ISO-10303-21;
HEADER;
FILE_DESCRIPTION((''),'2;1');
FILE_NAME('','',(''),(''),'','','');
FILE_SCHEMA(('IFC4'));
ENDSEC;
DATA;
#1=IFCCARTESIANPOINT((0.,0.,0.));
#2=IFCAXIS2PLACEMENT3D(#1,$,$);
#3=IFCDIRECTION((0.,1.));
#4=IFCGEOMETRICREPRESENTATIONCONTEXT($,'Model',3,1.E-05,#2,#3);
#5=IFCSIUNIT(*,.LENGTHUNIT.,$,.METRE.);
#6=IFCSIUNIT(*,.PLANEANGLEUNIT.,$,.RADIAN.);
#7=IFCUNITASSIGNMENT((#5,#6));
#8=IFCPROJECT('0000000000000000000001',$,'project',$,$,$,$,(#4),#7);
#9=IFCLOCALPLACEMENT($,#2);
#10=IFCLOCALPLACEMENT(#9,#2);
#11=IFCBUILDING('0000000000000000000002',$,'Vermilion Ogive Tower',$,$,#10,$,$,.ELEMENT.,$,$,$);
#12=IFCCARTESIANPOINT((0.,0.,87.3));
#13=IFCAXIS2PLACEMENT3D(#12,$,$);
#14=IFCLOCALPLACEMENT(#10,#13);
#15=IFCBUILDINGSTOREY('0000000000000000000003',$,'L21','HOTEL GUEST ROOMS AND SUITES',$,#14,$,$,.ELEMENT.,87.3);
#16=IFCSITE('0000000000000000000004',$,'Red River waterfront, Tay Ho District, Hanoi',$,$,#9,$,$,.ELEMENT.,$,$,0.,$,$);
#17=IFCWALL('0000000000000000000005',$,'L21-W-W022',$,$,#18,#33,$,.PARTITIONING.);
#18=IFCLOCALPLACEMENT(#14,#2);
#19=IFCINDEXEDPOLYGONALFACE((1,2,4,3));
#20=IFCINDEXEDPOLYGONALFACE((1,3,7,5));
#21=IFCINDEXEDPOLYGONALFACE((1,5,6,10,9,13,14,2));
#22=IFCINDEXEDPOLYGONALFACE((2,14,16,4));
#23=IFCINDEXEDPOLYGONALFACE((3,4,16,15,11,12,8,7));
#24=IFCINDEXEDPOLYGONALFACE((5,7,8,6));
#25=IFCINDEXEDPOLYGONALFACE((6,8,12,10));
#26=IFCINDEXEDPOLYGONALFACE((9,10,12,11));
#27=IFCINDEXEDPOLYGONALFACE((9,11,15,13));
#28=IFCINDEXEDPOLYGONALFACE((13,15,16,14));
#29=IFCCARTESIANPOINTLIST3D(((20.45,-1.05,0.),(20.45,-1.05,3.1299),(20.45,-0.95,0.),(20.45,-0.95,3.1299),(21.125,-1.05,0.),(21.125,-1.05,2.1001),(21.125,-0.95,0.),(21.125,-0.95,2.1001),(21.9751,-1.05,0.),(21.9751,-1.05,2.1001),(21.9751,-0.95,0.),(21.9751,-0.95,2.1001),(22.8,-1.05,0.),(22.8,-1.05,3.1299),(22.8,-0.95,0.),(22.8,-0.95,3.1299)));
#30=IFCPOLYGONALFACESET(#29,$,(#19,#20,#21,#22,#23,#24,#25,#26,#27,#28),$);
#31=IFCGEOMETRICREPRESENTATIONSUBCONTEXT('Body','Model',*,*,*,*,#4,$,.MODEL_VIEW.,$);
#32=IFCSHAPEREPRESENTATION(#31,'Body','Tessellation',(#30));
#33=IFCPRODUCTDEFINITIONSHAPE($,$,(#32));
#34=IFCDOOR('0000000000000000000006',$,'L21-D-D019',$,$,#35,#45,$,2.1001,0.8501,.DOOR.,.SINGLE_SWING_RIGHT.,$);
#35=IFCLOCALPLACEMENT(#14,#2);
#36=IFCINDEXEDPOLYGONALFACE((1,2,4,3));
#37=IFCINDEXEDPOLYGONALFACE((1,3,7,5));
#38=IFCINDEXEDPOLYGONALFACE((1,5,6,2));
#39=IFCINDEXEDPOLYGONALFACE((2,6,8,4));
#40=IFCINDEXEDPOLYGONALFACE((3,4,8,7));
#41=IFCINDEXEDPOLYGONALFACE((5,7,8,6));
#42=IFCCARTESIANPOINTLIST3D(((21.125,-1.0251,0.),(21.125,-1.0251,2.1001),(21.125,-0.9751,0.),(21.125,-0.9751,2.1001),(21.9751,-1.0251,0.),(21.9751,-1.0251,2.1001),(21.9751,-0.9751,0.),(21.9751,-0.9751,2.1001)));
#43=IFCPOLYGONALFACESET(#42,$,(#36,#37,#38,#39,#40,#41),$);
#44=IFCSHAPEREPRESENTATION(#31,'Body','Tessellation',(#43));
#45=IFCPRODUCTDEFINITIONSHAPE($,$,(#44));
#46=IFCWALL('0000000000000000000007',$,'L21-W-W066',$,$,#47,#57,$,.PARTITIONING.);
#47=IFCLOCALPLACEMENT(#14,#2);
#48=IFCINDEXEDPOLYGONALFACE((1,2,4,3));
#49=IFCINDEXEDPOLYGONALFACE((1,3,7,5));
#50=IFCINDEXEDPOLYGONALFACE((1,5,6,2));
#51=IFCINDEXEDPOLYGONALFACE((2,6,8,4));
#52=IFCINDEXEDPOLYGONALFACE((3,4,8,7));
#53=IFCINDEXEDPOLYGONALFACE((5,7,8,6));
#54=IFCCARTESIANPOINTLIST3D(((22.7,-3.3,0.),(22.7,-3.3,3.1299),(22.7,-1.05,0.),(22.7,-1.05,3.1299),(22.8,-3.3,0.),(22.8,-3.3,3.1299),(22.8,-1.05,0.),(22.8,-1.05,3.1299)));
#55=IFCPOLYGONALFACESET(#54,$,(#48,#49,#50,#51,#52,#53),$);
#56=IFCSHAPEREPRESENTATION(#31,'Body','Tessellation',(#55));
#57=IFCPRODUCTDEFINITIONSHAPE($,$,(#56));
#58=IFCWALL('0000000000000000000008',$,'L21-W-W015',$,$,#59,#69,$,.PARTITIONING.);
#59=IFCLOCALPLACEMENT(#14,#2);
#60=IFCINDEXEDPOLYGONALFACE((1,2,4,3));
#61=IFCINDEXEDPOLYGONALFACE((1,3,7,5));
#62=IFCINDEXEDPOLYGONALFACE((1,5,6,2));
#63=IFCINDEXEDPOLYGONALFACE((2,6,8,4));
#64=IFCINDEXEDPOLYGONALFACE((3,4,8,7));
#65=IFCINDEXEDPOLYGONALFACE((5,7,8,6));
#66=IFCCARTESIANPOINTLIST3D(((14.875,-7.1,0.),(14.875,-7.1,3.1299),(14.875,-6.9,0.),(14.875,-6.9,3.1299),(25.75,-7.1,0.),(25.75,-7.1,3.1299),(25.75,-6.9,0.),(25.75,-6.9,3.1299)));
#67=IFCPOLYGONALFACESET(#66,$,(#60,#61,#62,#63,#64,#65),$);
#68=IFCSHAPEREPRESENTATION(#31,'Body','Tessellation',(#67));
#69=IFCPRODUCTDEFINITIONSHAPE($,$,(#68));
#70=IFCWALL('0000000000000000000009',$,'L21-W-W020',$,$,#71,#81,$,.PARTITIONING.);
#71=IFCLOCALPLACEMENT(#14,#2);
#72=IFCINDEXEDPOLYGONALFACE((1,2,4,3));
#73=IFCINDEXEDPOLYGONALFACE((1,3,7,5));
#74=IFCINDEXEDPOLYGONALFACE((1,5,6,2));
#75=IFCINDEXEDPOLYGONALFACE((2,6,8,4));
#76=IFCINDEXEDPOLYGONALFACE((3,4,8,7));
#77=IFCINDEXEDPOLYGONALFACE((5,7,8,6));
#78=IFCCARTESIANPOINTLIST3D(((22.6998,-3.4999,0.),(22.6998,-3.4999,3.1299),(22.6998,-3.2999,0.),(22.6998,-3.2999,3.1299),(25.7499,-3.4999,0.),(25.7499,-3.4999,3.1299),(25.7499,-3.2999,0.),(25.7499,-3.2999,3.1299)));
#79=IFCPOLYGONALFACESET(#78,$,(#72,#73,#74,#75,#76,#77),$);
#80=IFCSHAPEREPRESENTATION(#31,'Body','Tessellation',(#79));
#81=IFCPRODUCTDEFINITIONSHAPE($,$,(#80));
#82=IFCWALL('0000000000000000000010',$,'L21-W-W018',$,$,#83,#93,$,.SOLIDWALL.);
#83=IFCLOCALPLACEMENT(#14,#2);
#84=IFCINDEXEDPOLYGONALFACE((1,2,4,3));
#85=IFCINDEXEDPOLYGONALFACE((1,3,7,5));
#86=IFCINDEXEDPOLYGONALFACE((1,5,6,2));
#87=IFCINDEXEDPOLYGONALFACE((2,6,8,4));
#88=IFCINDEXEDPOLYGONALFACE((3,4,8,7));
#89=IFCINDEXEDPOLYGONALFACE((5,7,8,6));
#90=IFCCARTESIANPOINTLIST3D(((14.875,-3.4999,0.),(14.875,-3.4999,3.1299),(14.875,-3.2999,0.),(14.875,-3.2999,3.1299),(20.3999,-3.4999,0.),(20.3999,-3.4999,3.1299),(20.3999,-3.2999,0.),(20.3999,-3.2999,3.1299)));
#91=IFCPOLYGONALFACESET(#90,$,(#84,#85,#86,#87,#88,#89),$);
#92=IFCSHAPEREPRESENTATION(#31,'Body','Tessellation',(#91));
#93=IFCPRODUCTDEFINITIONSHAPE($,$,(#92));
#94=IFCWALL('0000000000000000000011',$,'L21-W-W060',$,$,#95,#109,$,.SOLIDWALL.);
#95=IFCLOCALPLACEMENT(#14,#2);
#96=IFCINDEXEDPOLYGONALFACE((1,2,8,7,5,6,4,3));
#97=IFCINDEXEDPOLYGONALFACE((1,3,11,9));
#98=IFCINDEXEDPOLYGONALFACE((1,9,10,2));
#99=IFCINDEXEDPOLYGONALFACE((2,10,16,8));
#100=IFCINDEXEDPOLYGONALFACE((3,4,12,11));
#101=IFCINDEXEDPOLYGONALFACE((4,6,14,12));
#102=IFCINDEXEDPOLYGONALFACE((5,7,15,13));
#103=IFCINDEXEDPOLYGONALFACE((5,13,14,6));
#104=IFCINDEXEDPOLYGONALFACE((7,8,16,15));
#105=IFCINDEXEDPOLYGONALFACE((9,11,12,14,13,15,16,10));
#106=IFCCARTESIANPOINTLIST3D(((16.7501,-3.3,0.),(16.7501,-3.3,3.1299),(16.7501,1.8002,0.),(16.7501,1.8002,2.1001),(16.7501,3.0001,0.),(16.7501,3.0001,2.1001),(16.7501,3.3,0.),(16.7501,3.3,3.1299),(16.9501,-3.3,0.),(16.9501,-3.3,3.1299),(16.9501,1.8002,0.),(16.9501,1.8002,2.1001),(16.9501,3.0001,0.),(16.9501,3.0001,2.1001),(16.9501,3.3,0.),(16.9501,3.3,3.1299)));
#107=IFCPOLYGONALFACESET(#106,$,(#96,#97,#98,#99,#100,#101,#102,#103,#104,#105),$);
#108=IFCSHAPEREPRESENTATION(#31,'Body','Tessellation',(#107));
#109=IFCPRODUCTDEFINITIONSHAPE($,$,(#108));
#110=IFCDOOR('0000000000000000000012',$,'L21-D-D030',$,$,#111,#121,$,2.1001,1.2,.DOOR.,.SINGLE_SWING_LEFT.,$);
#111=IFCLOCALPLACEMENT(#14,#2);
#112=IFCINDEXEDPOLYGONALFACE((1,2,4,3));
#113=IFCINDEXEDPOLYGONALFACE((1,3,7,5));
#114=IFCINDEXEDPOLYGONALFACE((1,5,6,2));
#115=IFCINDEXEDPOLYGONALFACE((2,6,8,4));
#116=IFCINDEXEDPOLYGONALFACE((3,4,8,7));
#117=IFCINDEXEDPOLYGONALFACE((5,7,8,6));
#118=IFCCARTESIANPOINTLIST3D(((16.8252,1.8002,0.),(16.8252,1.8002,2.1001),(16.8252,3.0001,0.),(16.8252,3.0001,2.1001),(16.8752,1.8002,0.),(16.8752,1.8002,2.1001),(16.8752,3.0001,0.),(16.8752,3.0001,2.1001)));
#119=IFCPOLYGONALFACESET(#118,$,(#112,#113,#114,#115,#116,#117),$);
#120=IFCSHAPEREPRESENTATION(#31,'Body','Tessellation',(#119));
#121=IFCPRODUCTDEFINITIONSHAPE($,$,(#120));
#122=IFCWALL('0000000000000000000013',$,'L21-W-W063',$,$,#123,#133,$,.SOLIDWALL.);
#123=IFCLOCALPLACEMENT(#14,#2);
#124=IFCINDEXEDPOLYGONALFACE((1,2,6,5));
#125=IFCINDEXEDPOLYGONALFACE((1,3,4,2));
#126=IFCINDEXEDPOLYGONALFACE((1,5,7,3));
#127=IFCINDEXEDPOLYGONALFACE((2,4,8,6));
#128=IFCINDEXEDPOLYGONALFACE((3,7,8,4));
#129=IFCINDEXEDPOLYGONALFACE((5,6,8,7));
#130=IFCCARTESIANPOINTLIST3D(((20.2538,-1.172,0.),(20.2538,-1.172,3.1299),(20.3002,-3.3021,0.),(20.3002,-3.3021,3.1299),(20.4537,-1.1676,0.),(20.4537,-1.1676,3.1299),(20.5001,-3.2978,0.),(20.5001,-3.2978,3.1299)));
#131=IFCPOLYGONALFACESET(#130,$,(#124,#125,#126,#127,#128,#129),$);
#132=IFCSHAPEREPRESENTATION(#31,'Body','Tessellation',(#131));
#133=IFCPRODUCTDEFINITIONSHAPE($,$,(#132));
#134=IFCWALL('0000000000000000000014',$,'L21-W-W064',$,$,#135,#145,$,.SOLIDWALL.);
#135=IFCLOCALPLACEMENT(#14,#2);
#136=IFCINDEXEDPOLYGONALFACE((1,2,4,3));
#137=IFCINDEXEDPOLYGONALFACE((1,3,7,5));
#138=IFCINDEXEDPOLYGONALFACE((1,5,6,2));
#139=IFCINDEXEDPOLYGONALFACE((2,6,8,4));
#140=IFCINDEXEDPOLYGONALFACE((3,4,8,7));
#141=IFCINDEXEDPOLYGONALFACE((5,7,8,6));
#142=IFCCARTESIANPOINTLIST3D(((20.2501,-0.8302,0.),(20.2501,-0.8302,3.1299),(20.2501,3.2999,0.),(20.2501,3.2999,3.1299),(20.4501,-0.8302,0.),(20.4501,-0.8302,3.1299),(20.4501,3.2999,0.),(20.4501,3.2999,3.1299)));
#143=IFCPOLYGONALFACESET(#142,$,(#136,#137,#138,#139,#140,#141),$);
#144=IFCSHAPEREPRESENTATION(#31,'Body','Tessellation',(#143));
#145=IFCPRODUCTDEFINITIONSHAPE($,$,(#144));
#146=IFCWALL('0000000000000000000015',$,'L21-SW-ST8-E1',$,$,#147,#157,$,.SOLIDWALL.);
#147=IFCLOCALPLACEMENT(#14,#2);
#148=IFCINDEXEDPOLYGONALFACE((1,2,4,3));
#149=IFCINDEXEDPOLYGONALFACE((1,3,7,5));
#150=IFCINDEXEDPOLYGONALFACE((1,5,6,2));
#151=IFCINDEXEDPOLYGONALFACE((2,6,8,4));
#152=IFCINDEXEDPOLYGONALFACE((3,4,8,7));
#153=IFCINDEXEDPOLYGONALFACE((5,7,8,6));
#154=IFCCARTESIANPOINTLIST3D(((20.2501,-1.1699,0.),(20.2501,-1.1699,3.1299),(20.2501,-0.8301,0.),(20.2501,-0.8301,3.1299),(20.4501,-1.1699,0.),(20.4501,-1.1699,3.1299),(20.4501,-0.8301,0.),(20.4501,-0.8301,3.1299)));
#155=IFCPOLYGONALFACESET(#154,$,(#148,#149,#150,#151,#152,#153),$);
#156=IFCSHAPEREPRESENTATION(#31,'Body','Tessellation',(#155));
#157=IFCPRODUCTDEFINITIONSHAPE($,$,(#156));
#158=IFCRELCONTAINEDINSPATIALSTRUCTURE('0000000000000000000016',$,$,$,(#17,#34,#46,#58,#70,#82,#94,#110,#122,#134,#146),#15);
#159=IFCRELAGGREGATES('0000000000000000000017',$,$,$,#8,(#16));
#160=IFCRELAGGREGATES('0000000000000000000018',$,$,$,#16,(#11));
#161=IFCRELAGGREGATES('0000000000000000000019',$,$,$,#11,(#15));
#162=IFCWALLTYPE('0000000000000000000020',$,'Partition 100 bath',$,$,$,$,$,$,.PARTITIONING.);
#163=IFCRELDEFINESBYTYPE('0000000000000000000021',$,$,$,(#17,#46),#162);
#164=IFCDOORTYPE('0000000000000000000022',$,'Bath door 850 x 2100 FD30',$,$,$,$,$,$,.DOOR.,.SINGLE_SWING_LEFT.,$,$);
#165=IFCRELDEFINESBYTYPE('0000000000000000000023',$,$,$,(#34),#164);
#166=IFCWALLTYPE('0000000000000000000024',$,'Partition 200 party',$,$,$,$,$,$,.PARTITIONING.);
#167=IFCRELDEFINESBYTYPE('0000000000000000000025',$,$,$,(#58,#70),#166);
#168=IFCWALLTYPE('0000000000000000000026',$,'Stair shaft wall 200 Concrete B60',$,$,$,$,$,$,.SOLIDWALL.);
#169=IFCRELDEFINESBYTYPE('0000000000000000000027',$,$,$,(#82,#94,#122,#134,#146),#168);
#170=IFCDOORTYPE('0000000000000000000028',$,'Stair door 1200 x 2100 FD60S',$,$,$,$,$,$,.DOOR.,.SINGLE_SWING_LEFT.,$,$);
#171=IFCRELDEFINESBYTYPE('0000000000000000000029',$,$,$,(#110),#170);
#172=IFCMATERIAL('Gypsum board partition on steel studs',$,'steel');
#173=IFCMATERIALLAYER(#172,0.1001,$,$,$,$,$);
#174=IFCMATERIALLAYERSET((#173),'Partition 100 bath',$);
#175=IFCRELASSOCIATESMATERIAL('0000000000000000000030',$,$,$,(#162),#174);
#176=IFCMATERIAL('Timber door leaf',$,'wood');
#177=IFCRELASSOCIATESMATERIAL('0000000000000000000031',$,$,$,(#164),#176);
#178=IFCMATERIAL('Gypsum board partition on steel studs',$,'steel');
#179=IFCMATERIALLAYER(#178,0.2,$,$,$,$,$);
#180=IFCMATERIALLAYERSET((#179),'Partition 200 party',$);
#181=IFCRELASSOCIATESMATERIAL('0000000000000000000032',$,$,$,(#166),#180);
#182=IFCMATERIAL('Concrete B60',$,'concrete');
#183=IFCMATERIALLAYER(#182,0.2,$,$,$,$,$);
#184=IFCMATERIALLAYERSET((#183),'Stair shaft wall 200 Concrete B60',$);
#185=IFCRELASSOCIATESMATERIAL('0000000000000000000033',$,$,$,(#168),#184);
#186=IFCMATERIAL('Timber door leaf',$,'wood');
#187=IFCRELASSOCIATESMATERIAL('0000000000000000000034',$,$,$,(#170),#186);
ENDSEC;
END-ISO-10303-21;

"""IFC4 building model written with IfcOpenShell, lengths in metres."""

from ifc_helpers import new_model, si_unit, direction, frame, frame_2d, origin, place, context, subcontext, project, spatial, rectangle, extrude, material, layer, layer_set, type_object, element, fill, save


model = new_model("IFC4")

# Units and contexts
model_context = context("Model", 3, precision=1e-05, world=origin(), true_north=direction((0.0, 1.0)))
body_context = subcontext(model_context, "Body", "Model", "MODEL_VIEW")
ifc_project = project(units=[si_unit("LENGTHUNIT", "METRE"), si_unit("PLANEANGLEUNIT", "RADIAN")], contexts=[model_context])

# Site, building, storey
site_placement = place(None, origin())
site = spatial("IfcSite", under=ifc_project, at=site_placement, Name="Red River waterfront, Tay Ho District, Hanoi", CompositionType="ELEMENT", RefElevation=0.0)
building_placement = place(site_placement, origin())
building = spatial("IfcBuilding", under=site, at=building_placement, Name="Vermilion Ogive Tower", CompositionType="ELEMENT")
storey_placement = place(building_placement, frame((0.0, 0.0, 87.3)))
storey = spatial("IfcBuildingStorey", under=building, at=storey_placement, Name="L21", Description="HOTEL GUEST ROOMS AND SUITES", CompositionType="ELEMENT", Elevation=87.3)

# Shared definitions
ifc_material_1 = material(Name="Gypsum board partition on steel studs", Category="steel")
ifc_layer_1 = layer(ifc_material_1, 0.1001)
ifc_layer_set_1 = layer_set([ifc_layer_1], Name="Partition 100 bath")
wall_type_1 = type_object("IfcWallType", Name="Partition 100 bath", PredefinedType="PARTITIONING", material=ifc_layer_set_1)

# Wall, opening, door
wall_1_placement = place(storey_placement, frame((20.45, -1.0, 0.0), z_axis=(0.0, 0.0, 1.0), x_axis=(1.0, 0.0, 0.0)))
wall_1 = element("IfcWall", 1, at=wall_1_placement, inside=storey, type_object=wall_type_1, Name="L21-W-W022", PredefinedType="PARTITIONING", context=body_context, shape_type="SweptSolid", body=[
    extrude(rectangle(XDim=2.3501, YDim=0.1001, at=frame_2d((1.175, 0.0))), origin(), (0.0, 0.0, 1.0), 3.1299),
])
opening_1_placement = place(wall_1_placement, frame((0.675, 0.0, 0.0)))
opening_1 = element("IfcOpeningElement", 2, at=opening_1_placement, cuts=wall_1, PredefinedType="OPENING", context=body_context, shape_type="SweptSolid", body=[
    extrude(rectangle(XDim=0.8501, YDim=2.1001, at=frame_2d((0.425, 1.05))), frame((0.0, 0.0601, 0.0), z_axis=(0.0, -1.0, 0.0), x_axis=(1.0, 0.0, 0.0)), (0.0, 0.0, 1.0), 0.1201),
])
ifc_material_2 = material(Name="Timber door leaf", Category="wood")
door_type_1 = type_object("IfcDoorType", Name="Bath door 850 x 2100 FD30", OperationType="SINGLE_SWING_LEFT", PredefinedType="DOOR", material=ifc_material_2)
door_1_placement = place(opening_1_placement, origin())
door_1 = element("IfcDoor", 3, at=door_1_placement, inside=storey, type_object=door_type_1, Name="L21-D-D019", OperationType="SINGLE_SWING_RIGHT", OverallHeight=2.1001, OverallWidth=0.8501, PredefinedType="DOOR", context=body_context, shape_type="SweptSolid", body=[
    extrude(rectangle(XDim=0.8501, YDim=2.1001, at=frame_2d((0.425, 1.05))), frame((0.0, 0.0249, 0.0), z_axis=(0.0, -1.0, 0.0), x_axis=(1.0, 0.0, 0.0)), (0.0, 0.0, 1.0), 0.05),
])
fill(opening_1, door_1)

# Walls
wall_2_placement = place(storey_placement, frame((22.75, -3.3, 0.0), z_axis=(0.0, 0.0, 1.0), x_axis=(0.0, 1.0, 0.0)))
element("IfcWall", 4, at=wall_2_placement, inside=storey, type_object=wall_type_1, Name="L21-W-W066", PredefinedType="PARTITIONING", context=body_context, shape_type="SweptSolid", body=[
    extrude(rectangle(XDim=2.25, YDim=0.1001, at=frame_2d((1.125, 0.0))), origin(), (0.0, 0.0, 1.0), 3.1299),
])
ifc_material_3 = material(Name="Gypsum board partition on steel studs", Category="steel")
ifc_layer_2 = layer(ifc_material_3, 0.2)
ifc_layer_set_2 = layer_set([ifc_layer_2], Name="Partition 200 party")
wall_type_2 = type_object("IfcWallType", Name="Partition 200 party", PredefinedType="PARTITIONING", material=ifc_layer_set_2)
wall_3_placement = place(storey_placement, frame((14.875, -7.0, 0.0), z_axis=(0.0, 0.0, 1.0), x_axis=(1.0, 0.0, 0.0)))
element("IfcWall", 5, at=wall_3_placement, inside=storey, type_object=wall_type_2, Name="L21-W-W015", PredefinedType="PARTITIONING", context=body_context, shape_type="SweptSolid", body=[
    extrude(rectangle(XDim=10.875, YDim=0.2, at=frame_2d((5.4375, 0.0))), origin(), (0.0, 0.0, 1.0), 3.1299),
])
wall_4_placement = place(storey_placement, frame((22.7, -3.3999, 0.0), z_axis=(0.0, 0.0, 1.0), x_axis=(1.0, 0.0, 0.0)))
element("IfcWall", 6, at=wall_4_placement, inside=storey, type_object=wall_type_2, Name="L21-W-W020", PredefinedType="PARTITIONING", context=body_context, shape_type="SweptSolid", body=[
    extrude(rectangle(XDim=3.05, YDim=0.2, at=frame_2d((1.5249, 0.0))), origin(), (0.0, 0.0, 1.0), 3.1299),
])
ifc_material_4 = material(Name="Concrete B60", Category="concrete")
ifc_layer_3 = layer(ifc_material_4, 0.2)
ifc_layer_set_3 = layer_set([ifc_layer_3], Name="Stair shaft wall 200 Concrete B60")
wall_type_3 = type_object("IfcWallType", Name="Stair shaft wall 200 Concrete B60", PredefinedType="SOLIDWALL", material=ifc_layer_set_3)
wall_5_placement = place(storey_placement, frame((14.875, -3.3999, 0.0), z_axis=(0.0, 0.0, 1.0), x_axis=(1.0, 0.0, 0.0)))
element("IfcWall", 7, at=wall_5_placement, inside=storey, type_object=wall_type_3, Name="L21-W-W018", PredefinedType="SOLIDWALL", context=body_context, shape_type="SweptSolid", body=[
    extrude(rectangle(XDim=5.5249, YDim=0.2, at=frame_2d((2.7625, 0.0))), origin(), (0.0, 0.0, 1.0), 3.1299),
])

# Wall, opening, door
wall_6_placement = place(storey_placement, frame((16.8501, -3.3, 0.0), z_axis=(0.0, 0.0, 1.0), x_axis=(0.0, 1.0, 0.0)))
wall_6 = element("IfcWall", 8, at=wall_6_placement, inside=storey, type_object=wall_type_3, Name="L21-W-W060", PredefinedType="SOLIDWALL", context=body_context, shape_type="SweptSolid", body=[
    extrude(rectangle(XDim=6.6001, YDim=0.2, at=frame_2d((3.3, 0.0))), origin(), (0.0, 0.0, 1.0), 3.1299),
])
opening_2_placement = place(wall_6_placement, frame((5.1001, 0.0, 0.0)))
opening_2 = element("IfcOpeningElement", 9, at=opening_2_placement, cuts=wall_6, PredefinedType="OPENING", context=body_context, shape_type="SweptSolid", body=[
    extrude(rectangle(XDim=1.2, YDim=2.1001, at=frame_2d((0.6001, 1.05))), frame((0.0, 0.1099, 0.0), z_axis=(0.0, -1.0, 0.0), x_axis=(1.0, 0.0, 0.0)), (0.0, 0.0, 1.0), 0.22),
])
ifc_material_5 = material(Name="Timber door leaf", Category="wood")
door_type_2 = type_object("IfcDoorType", Name="Stair door 1200 x 2100 FD60S", OperationType="SINGLE_SWING_LEFT", PredefinedType="DOOR", material=ifc_material_5)
door_2_placement = place(opening_2_placement, origin())
door_2 = element("IfcDoor", 10, at=door_2_placement, inside=storey, type_object=door_type_2, Name="L21-D-D030", OperationType="SINGLE_SWING_LEFT", OverallHeight=2.1001, OverallWidth=1.2, PredefinedType="DOOR", context=body_context, shape_type="SweptSolid", body=[
    extrude(rectangle(XDim=1.2, YDim=2.1001, at=frame_2d((0.6001, 1.05))), frame((0.0, 0.0249, 0.0), z_axis=(0.0, -1.0, 0.0), x_axis=(1.0, 0.0, 0.0)), (0.0, 0.0, 1.0), 0.05),
])
fill(opening_2, door_2)

# Walls
wall_7_placement = place(storey_placement, frame((20.4001, -3.3, 0.0), z_axis=(0.0, 0.0, 1.0), x_axis=(-0.021771, 0.999763, 0.0)))
element("IfcWall", 11, at=wall_7_placement, inside=storey, type_object=wall_type_3, Name="L21-W-W063", PredefinedType="SOLIDWALL", context=body_context, shape_type="SweptSolid", body=[
    extrude(rectangle(XDim=2.1306, YDim=0.2, at=frame_2d((1.0654, 0.0))), origin(), (0.0, 0.0, 1.0), 3.1299),
])
wall_8_placement = place(storey_placement, frame((20.3501, -0.8301, 0.0), z_axis=(0.0, 0.0, 1.0), x_axis=(0.0, 1.0, 0.0)))
element("IfcWall", 12, at=wall_8_placement, inside=storey, type_object=wall_type_3, Name="L21-W-W064", PredefinedType="SOLIDWALL", context=body_context, shape_type="SweptSolid", body=[
    extrude(rectangle(XDim=4.1301, YDim=0.2, at=frame_2d((2.0649, 0.0))), origin(), (0.0, 0.0, 1.0), 3.1299),
])
wall_9_placement = place(storey_placement, frame((20.3501, -1.1699, 0.0), z_axis=(0.0, 0.0, 1.0), x_axis=(0.0, 1.0, 0.0)))
element("IfcWall", 13, at=wall_9_placement, inside=storey, type_object=wall_type_3, Name="L21-SW-ST8-E1", PredefinedType="SOLIDWALL", context=body_context, shape_type="SweptSolid", body=[
    extrude(rectangle(XDim=0.3398, YDim=0.2, at=frame_2d((0.1699, 0.0))), origin(), (0.0, 0.0, 1.0), 3.1299),
])

save(model, "model.ifc")
